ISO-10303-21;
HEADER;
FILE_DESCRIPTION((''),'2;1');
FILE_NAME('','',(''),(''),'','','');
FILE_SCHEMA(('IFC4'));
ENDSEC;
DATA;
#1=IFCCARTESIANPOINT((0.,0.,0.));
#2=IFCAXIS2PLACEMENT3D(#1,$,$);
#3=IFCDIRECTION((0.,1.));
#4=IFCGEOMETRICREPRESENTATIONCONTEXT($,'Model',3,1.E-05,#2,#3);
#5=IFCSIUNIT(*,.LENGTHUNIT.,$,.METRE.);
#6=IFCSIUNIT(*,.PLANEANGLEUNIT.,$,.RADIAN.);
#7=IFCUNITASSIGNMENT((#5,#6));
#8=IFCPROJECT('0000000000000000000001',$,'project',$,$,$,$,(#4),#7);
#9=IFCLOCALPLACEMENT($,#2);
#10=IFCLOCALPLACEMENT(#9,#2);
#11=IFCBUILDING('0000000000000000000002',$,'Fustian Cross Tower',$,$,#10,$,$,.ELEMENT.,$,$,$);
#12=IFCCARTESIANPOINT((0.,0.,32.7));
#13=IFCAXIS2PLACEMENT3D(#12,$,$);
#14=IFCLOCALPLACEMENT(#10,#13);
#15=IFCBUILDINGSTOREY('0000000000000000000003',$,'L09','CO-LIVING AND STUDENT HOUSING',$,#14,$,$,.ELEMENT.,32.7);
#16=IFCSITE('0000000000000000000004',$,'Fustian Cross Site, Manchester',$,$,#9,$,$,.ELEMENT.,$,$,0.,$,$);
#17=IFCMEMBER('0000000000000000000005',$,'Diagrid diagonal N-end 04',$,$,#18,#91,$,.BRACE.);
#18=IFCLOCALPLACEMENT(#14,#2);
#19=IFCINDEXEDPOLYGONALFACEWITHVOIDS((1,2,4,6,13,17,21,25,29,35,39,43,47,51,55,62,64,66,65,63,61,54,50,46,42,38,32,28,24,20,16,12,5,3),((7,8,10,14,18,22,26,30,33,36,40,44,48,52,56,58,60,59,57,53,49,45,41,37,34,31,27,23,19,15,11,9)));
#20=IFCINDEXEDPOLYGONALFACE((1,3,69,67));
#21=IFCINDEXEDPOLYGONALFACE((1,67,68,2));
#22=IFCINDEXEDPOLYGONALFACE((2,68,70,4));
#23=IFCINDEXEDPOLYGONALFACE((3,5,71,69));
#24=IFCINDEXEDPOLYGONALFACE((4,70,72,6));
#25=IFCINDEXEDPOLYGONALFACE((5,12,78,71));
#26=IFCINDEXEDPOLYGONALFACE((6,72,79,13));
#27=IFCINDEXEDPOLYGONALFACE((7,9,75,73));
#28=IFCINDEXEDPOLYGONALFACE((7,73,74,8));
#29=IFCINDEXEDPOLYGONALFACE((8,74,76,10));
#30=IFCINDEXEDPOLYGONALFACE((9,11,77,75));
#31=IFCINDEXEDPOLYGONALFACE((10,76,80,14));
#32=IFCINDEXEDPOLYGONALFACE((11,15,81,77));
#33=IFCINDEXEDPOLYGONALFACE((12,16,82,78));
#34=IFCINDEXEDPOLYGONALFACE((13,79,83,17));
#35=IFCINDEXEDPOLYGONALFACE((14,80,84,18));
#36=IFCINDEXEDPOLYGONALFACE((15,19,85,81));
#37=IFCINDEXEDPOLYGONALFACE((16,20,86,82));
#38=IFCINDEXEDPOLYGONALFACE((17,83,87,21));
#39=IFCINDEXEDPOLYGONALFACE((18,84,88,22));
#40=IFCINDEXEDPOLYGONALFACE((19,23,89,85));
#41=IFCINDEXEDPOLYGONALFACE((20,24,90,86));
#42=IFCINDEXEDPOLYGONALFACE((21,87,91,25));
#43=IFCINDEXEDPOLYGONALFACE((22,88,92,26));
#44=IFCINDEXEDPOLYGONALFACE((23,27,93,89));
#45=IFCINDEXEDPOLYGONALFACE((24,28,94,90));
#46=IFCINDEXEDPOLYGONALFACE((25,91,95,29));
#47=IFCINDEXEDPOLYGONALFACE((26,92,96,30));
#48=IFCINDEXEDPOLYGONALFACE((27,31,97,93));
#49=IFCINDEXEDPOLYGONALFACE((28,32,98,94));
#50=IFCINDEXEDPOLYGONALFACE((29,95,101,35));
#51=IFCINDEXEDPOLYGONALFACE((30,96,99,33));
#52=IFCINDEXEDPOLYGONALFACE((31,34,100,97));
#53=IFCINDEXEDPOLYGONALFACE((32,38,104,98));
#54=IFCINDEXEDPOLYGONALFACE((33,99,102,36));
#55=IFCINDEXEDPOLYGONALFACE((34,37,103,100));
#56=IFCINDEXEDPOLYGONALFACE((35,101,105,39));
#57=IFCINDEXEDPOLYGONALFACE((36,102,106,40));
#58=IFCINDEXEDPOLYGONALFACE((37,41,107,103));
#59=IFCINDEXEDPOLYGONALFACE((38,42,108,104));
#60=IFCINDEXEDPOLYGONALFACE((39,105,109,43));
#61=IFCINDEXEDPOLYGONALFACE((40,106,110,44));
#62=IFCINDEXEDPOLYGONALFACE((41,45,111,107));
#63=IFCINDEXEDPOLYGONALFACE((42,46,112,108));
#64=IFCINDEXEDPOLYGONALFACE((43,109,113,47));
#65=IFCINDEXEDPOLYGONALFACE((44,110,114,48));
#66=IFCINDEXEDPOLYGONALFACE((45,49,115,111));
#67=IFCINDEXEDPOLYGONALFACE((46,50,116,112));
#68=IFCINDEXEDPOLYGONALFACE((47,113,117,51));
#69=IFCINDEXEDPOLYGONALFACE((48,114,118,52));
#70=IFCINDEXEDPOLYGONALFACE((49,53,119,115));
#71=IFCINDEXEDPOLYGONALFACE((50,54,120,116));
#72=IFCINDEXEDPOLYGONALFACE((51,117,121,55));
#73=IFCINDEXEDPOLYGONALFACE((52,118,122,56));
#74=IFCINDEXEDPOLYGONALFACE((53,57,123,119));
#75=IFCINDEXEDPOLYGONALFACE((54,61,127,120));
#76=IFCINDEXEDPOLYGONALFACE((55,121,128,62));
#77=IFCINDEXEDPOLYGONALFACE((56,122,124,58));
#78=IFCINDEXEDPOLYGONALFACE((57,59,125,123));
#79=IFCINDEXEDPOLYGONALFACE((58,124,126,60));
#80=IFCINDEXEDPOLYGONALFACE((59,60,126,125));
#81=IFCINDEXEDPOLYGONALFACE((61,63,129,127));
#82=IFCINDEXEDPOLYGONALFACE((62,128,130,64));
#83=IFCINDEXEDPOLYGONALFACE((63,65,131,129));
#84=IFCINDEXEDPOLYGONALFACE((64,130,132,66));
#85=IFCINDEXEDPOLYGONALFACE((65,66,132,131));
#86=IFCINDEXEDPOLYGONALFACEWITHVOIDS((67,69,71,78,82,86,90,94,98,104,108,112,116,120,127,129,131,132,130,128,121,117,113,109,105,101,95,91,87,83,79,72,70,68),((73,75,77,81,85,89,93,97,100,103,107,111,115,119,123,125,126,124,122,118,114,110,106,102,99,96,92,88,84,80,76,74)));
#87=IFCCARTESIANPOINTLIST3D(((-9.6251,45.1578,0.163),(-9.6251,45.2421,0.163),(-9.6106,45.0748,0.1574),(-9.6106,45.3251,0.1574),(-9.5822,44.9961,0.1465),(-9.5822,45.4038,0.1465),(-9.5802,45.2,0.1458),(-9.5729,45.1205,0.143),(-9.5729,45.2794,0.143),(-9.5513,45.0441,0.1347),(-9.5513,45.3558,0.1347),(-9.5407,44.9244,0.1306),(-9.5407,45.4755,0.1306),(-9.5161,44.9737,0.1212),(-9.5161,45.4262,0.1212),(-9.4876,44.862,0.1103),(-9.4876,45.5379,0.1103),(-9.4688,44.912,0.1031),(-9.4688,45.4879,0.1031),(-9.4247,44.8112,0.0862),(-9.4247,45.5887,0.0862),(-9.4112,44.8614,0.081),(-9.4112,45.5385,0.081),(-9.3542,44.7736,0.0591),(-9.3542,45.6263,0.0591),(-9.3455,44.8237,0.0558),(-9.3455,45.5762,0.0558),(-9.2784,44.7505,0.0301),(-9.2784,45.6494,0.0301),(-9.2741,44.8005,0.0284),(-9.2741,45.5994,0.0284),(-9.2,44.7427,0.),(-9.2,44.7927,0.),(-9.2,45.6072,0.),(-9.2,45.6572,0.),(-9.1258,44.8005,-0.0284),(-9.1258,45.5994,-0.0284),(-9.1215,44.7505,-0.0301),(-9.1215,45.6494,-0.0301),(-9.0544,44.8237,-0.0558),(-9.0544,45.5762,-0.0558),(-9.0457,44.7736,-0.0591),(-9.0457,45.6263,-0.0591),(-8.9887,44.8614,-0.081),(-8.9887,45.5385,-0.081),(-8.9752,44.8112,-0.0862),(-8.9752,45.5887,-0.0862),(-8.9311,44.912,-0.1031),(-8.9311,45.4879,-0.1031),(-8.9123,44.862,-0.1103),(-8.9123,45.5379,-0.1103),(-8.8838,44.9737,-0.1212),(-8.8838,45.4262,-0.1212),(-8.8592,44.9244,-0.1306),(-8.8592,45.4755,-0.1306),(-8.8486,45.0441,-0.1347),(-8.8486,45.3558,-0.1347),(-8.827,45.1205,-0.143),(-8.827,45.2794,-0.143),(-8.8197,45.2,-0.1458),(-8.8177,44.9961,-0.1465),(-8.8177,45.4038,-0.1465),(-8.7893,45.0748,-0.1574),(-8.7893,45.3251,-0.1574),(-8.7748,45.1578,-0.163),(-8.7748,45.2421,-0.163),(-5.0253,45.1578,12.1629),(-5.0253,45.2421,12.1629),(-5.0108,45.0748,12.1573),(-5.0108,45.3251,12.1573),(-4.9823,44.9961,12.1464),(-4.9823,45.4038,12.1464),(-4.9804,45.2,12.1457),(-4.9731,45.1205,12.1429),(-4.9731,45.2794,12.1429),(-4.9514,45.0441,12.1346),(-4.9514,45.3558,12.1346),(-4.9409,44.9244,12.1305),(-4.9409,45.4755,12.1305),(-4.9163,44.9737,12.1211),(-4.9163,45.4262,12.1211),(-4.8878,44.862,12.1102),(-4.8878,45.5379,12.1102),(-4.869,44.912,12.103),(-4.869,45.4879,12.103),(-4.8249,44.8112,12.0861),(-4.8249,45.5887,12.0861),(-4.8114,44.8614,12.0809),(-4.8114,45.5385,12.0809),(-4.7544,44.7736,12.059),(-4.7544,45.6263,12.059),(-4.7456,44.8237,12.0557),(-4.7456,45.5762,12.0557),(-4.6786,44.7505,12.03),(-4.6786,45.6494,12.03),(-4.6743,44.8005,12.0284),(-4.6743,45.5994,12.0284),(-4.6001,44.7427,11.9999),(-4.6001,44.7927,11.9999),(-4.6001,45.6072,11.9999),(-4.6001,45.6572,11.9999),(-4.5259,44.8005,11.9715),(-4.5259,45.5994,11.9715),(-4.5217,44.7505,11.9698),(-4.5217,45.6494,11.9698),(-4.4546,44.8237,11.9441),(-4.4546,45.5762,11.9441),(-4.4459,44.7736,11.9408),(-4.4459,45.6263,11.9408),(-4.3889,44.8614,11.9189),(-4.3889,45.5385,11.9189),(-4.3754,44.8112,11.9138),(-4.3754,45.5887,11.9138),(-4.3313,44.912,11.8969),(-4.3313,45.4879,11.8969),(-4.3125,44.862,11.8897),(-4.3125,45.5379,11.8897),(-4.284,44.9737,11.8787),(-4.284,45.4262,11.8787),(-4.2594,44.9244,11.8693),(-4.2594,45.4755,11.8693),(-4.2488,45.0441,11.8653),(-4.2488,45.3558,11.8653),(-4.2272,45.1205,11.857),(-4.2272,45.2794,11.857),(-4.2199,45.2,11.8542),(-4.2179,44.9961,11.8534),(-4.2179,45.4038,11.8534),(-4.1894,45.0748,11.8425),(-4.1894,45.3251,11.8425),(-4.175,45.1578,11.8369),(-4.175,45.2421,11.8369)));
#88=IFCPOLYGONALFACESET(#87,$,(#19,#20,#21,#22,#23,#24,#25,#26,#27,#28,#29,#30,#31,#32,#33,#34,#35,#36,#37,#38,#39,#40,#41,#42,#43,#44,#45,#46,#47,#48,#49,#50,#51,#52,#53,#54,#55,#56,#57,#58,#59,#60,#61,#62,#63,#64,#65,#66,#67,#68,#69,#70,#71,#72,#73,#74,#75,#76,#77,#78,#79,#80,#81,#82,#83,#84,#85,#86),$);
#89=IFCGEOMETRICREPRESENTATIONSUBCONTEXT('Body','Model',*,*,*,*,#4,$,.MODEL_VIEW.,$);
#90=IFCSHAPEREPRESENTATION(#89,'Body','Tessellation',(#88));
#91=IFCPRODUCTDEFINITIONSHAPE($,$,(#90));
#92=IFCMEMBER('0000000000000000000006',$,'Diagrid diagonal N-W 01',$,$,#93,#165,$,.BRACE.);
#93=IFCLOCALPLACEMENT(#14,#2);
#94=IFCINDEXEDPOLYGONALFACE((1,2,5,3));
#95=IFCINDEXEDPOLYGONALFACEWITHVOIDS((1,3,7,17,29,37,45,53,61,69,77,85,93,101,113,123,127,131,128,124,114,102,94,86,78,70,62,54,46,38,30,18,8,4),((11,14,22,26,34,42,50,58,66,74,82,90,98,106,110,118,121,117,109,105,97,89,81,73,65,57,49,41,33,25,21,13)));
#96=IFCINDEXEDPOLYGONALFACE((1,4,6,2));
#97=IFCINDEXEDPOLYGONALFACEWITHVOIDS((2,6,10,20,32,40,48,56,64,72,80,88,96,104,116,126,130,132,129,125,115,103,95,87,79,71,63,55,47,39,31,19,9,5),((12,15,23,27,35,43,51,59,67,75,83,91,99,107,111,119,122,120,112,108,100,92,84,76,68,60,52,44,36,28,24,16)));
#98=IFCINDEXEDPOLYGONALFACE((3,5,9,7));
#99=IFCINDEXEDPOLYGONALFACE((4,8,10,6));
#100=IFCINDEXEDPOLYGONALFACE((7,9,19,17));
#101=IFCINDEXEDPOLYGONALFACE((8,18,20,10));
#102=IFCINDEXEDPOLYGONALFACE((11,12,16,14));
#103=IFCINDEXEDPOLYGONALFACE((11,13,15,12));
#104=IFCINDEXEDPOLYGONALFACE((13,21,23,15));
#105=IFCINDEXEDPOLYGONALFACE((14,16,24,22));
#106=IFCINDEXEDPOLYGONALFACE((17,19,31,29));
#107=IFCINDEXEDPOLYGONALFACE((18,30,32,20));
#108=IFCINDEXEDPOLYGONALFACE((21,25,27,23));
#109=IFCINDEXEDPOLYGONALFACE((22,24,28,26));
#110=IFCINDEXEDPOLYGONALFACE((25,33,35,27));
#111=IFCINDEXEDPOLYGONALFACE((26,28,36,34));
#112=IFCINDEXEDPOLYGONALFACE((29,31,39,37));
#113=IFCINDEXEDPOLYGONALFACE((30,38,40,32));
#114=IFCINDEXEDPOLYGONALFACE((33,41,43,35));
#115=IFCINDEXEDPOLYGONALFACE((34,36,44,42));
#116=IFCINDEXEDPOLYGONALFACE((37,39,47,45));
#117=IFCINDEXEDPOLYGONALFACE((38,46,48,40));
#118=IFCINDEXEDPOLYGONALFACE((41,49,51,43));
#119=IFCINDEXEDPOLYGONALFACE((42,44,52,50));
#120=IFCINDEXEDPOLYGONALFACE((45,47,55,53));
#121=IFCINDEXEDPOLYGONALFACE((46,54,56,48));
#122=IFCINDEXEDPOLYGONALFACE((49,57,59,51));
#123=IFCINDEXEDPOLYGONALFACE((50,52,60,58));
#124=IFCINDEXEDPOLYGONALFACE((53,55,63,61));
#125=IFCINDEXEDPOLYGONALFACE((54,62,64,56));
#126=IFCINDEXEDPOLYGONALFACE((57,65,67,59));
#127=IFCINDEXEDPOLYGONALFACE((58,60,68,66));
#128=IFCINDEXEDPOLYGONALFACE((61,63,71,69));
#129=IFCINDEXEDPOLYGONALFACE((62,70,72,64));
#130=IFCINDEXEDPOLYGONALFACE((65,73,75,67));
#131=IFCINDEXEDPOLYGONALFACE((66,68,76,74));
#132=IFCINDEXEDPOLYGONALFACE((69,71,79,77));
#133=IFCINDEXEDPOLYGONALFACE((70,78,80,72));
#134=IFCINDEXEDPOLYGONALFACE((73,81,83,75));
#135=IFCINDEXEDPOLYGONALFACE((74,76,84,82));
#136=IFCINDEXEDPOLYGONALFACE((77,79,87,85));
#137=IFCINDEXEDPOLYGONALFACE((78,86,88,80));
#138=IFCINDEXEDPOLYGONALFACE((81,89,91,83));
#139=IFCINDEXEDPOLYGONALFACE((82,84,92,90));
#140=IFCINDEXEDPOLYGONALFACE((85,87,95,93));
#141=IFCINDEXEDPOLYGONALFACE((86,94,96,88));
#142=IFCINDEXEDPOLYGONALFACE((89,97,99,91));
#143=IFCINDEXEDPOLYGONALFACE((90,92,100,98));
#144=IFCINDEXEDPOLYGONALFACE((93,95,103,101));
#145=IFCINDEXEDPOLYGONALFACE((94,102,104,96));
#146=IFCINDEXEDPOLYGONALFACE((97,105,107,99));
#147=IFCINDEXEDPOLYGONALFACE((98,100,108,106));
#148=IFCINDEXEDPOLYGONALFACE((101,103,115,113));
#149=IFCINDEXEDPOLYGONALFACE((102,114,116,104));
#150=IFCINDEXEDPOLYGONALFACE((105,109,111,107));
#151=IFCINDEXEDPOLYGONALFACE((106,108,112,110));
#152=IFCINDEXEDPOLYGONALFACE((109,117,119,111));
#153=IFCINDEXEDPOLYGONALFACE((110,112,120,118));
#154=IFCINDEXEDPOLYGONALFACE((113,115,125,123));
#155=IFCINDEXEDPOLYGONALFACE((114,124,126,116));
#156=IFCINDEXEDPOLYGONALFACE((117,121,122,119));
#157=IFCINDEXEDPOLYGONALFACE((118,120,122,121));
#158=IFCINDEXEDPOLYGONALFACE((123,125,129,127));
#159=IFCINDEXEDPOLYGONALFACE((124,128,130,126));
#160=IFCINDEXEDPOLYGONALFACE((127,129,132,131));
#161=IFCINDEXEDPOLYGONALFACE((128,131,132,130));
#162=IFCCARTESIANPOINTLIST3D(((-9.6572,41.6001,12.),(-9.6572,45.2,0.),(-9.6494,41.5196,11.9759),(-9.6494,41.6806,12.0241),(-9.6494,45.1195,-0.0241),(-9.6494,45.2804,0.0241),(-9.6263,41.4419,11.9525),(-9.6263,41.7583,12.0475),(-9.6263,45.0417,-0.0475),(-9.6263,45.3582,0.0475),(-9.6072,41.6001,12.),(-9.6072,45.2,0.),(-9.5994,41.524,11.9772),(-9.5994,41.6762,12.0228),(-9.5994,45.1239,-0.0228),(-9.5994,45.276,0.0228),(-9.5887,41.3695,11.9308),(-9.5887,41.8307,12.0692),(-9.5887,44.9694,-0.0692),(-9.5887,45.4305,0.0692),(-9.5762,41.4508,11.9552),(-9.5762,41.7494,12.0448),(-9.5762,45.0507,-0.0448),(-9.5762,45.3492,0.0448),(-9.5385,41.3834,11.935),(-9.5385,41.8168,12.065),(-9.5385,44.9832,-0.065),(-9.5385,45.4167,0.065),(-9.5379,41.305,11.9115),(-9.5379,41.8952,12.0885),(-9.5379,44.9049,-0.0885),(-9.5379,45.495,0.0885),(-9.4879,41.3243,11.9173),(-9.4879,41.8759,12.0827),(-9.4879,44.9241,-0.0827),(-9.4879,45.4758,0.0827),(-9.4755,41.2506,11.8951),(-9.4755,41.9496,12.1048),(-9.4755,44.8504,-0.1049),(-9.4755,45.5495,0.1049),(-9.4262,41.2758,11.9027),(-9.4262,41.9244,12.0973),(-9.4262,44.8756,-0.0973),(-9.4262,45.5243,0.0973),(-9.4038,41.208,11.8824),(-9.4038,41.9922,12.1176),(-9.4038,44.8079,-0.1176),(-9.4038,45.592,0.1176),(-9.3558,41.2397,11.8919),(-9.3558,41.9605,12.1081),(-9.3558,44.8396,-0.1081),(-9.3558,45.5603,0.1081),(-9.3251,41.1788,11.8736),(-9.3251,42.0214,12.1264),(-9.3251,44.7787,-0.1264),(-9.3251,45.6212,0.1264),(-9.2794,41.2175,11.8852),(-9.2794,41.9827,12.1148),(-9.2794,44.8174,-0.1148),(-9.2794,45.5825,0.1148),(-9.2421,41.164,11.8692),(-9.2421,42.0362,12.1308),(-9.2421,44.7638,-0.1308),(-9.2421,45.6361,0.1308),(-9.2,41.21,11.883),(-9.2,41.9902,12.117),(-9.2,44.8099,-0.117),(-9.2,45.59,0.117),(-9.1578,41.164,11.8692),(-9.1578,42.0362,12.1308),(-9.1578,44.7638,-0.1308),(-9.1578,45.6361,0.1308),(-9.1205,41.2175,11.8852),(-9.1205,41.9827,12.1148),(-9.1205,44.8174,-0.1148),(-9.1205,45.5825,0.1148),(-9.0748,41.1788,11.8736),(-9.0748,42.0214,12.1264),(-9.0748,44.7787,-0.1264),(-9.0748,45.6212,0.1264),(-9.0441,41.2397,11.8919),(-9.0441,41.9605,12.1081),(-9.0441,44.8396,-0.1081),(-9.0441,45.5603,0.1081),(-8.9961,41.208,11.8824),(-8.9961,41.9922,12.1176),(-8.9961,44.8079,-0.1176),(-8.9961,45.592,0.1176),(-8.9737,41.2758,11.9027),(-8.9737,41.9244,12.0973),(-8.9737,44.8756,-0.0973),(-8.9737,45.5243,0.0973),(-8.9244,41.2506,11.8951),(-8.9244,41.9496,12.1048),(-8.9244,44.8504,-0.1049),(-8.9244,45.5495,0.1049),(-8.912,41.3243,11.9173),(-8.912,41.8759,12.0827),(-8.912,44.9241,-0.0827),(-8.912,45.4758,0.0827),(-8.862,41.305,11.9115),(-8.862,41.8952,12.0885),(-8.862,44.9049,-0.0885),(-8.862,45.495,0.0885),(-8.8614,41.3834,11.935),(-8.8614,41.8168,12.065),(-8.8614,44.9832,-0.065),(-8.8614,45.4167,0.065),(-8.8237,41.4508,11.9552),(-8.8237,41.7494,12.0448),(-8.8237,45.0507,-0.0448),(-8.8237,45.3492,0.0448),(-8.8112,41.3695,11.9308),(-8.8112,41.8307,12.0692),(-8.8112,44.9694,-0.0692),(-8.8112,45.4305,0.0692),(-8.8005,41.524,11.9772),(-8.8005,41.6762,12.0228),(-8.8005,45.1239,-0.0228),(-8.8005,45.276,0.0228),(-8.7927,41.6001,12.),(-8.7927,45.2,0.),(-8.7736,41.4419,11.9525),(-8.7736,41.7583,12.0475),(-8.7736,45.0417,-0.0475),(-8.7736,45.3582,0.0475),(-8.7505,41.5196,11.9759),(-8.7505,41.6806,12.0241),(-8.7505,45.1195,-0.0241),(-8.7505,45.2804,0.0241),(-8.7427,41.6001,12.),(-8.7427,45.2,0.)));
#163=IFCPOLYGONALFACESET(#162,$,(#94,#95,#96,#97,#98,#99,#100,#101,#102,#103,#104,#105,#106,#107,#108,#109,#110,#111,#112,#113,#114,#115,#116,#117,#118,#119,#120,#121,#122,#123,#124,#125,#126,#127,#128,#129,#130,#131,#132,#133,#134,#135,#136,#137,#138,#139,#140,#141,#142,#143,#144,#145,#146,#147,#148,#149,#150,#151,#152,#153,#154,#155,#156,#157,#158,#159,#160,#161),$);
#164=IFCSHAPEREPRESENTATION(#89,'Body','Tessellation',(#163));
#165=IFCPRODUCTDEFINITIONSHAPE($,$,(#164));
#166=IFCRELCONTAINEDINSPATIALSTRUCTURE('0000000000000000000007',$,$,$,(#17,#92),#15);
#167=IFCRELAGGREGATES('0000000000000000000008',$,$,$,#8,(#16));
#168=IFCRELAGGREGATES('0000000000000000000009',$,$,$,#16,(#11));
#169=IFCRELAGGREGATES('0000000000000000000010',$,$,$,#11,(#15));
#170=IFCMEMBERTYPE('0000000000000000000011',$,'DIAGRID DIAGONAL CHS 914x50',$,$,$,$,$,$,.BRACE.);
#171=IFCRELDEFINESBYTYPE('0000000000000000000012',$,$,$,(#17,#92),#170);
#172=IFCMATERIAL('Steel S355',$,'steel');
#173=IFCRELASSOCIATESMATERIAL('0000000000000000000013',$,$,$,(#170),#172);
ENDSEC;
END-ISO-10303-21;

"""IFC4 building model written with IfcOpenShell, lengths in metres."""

from ifc_helpers import new_model, si_unit, direction, frame, origin, origin_2d, place, context, subcontext, project, spatial, hollow_circle, extrude, material, material_profile, profile_set, type_object, element, save


model = new_model("IFC4")

# Units and contexts
model_context = context("Model", 3, precision=1e-05, world=origin(), true_north=direction((0.0, 1.0)))
body_context = subcontext(model_context, "Body", "Model", "MODEL_VIEW")
ifc_project = project(units=[si_unit("LENGTHUNIT", "METRE"), si_unit("PLANEANGLEUNIT", "RADIAN")], contexts=[model_context])

# Site, building, storey
site_placement = place(None, origin())
site = spatial("IfcSite", under=ifc_project, at=site_placement, Name="Fustian Cross Site, Manchester", CompositionType="ELEMENT", RefElevation=0.0)
building_placement = place(site_placement, origin())
building = spatial("IfcBuilding", under=site, at=building_placement, Name="Fustian Cross Tower", CompositionType="ELEMENT")
storey_placement = place(building_placement, frame((0.0, 0.0, 32.7)))
storey = spatial("IfcBuildingStorey", under=building, at=storey_placement, Name="L09", Description="CO-LIVING AND STUDENT HOUSING", CompositionType="ELEMENT", Elevation=32.7)

# Members
ifc_material_1 = material(Name="Steel S355", Category="steel")
ifc_material_profile_1 = material_profile(ifc_material_1, hollow_circle(Radius=0.4573, WallThickness=0.05, at=origin_2d()), Name="CHS 914x50")
ifc_profile_set_1 = profile_set([ifc_material_profile_1], Name="Steel S355")
member_type_1 = type_object("IfcMemberType", Name="DIAGRID DIAGONAL CHS 914x50", PredefinedType="BRACE", material=ifc_profile_set_1)
member_1_placement = place(storey_placement, frame((-9.2, 45.2, 0.0), z_axis=(0.357926, 0.0, 0.93375), x_axis=(0.0, 1.0, 0.0)))
element("IfcMember", 1, at=member_1_placement, inside=storey, type_object=member_type_1, Name="Diagrid diagonal N-end 04", PredefinedType="BRACE", context=body_context, shape_type="SweptSolid", body=[
    extrude(hollow_circle(Radius=0.4573, WallThickness=0.05, at=origin_2d()), origin(), (0.0, 0.0, 1.0), 12.8513),
])
for number, where, z_axis, x_axis, name in (
    (2, (-9.2, 45.2, 0.0), (0.0, -0.287337, 0.95783), (1.0, 0.0, 0.0), "Diagrid diagonal N-W 01"),
):
    element("IfcMember", number, at=place(storey_placement, frame(where, z_axis=z_axis, x_axis=x_axis)), inside=storey, type_object=member_type_1, Name=name, PredefinedType="BRACE", context=body_context, shape_type="SweptSolid", body=[
        extrude(hollow_circle(Radius=0.4573, WallThickness=0.05, at=origin_2d()), origin(), (0.0, 0.0, 1.0), 12.5283),
    ])

save(model, "model.ifc")
